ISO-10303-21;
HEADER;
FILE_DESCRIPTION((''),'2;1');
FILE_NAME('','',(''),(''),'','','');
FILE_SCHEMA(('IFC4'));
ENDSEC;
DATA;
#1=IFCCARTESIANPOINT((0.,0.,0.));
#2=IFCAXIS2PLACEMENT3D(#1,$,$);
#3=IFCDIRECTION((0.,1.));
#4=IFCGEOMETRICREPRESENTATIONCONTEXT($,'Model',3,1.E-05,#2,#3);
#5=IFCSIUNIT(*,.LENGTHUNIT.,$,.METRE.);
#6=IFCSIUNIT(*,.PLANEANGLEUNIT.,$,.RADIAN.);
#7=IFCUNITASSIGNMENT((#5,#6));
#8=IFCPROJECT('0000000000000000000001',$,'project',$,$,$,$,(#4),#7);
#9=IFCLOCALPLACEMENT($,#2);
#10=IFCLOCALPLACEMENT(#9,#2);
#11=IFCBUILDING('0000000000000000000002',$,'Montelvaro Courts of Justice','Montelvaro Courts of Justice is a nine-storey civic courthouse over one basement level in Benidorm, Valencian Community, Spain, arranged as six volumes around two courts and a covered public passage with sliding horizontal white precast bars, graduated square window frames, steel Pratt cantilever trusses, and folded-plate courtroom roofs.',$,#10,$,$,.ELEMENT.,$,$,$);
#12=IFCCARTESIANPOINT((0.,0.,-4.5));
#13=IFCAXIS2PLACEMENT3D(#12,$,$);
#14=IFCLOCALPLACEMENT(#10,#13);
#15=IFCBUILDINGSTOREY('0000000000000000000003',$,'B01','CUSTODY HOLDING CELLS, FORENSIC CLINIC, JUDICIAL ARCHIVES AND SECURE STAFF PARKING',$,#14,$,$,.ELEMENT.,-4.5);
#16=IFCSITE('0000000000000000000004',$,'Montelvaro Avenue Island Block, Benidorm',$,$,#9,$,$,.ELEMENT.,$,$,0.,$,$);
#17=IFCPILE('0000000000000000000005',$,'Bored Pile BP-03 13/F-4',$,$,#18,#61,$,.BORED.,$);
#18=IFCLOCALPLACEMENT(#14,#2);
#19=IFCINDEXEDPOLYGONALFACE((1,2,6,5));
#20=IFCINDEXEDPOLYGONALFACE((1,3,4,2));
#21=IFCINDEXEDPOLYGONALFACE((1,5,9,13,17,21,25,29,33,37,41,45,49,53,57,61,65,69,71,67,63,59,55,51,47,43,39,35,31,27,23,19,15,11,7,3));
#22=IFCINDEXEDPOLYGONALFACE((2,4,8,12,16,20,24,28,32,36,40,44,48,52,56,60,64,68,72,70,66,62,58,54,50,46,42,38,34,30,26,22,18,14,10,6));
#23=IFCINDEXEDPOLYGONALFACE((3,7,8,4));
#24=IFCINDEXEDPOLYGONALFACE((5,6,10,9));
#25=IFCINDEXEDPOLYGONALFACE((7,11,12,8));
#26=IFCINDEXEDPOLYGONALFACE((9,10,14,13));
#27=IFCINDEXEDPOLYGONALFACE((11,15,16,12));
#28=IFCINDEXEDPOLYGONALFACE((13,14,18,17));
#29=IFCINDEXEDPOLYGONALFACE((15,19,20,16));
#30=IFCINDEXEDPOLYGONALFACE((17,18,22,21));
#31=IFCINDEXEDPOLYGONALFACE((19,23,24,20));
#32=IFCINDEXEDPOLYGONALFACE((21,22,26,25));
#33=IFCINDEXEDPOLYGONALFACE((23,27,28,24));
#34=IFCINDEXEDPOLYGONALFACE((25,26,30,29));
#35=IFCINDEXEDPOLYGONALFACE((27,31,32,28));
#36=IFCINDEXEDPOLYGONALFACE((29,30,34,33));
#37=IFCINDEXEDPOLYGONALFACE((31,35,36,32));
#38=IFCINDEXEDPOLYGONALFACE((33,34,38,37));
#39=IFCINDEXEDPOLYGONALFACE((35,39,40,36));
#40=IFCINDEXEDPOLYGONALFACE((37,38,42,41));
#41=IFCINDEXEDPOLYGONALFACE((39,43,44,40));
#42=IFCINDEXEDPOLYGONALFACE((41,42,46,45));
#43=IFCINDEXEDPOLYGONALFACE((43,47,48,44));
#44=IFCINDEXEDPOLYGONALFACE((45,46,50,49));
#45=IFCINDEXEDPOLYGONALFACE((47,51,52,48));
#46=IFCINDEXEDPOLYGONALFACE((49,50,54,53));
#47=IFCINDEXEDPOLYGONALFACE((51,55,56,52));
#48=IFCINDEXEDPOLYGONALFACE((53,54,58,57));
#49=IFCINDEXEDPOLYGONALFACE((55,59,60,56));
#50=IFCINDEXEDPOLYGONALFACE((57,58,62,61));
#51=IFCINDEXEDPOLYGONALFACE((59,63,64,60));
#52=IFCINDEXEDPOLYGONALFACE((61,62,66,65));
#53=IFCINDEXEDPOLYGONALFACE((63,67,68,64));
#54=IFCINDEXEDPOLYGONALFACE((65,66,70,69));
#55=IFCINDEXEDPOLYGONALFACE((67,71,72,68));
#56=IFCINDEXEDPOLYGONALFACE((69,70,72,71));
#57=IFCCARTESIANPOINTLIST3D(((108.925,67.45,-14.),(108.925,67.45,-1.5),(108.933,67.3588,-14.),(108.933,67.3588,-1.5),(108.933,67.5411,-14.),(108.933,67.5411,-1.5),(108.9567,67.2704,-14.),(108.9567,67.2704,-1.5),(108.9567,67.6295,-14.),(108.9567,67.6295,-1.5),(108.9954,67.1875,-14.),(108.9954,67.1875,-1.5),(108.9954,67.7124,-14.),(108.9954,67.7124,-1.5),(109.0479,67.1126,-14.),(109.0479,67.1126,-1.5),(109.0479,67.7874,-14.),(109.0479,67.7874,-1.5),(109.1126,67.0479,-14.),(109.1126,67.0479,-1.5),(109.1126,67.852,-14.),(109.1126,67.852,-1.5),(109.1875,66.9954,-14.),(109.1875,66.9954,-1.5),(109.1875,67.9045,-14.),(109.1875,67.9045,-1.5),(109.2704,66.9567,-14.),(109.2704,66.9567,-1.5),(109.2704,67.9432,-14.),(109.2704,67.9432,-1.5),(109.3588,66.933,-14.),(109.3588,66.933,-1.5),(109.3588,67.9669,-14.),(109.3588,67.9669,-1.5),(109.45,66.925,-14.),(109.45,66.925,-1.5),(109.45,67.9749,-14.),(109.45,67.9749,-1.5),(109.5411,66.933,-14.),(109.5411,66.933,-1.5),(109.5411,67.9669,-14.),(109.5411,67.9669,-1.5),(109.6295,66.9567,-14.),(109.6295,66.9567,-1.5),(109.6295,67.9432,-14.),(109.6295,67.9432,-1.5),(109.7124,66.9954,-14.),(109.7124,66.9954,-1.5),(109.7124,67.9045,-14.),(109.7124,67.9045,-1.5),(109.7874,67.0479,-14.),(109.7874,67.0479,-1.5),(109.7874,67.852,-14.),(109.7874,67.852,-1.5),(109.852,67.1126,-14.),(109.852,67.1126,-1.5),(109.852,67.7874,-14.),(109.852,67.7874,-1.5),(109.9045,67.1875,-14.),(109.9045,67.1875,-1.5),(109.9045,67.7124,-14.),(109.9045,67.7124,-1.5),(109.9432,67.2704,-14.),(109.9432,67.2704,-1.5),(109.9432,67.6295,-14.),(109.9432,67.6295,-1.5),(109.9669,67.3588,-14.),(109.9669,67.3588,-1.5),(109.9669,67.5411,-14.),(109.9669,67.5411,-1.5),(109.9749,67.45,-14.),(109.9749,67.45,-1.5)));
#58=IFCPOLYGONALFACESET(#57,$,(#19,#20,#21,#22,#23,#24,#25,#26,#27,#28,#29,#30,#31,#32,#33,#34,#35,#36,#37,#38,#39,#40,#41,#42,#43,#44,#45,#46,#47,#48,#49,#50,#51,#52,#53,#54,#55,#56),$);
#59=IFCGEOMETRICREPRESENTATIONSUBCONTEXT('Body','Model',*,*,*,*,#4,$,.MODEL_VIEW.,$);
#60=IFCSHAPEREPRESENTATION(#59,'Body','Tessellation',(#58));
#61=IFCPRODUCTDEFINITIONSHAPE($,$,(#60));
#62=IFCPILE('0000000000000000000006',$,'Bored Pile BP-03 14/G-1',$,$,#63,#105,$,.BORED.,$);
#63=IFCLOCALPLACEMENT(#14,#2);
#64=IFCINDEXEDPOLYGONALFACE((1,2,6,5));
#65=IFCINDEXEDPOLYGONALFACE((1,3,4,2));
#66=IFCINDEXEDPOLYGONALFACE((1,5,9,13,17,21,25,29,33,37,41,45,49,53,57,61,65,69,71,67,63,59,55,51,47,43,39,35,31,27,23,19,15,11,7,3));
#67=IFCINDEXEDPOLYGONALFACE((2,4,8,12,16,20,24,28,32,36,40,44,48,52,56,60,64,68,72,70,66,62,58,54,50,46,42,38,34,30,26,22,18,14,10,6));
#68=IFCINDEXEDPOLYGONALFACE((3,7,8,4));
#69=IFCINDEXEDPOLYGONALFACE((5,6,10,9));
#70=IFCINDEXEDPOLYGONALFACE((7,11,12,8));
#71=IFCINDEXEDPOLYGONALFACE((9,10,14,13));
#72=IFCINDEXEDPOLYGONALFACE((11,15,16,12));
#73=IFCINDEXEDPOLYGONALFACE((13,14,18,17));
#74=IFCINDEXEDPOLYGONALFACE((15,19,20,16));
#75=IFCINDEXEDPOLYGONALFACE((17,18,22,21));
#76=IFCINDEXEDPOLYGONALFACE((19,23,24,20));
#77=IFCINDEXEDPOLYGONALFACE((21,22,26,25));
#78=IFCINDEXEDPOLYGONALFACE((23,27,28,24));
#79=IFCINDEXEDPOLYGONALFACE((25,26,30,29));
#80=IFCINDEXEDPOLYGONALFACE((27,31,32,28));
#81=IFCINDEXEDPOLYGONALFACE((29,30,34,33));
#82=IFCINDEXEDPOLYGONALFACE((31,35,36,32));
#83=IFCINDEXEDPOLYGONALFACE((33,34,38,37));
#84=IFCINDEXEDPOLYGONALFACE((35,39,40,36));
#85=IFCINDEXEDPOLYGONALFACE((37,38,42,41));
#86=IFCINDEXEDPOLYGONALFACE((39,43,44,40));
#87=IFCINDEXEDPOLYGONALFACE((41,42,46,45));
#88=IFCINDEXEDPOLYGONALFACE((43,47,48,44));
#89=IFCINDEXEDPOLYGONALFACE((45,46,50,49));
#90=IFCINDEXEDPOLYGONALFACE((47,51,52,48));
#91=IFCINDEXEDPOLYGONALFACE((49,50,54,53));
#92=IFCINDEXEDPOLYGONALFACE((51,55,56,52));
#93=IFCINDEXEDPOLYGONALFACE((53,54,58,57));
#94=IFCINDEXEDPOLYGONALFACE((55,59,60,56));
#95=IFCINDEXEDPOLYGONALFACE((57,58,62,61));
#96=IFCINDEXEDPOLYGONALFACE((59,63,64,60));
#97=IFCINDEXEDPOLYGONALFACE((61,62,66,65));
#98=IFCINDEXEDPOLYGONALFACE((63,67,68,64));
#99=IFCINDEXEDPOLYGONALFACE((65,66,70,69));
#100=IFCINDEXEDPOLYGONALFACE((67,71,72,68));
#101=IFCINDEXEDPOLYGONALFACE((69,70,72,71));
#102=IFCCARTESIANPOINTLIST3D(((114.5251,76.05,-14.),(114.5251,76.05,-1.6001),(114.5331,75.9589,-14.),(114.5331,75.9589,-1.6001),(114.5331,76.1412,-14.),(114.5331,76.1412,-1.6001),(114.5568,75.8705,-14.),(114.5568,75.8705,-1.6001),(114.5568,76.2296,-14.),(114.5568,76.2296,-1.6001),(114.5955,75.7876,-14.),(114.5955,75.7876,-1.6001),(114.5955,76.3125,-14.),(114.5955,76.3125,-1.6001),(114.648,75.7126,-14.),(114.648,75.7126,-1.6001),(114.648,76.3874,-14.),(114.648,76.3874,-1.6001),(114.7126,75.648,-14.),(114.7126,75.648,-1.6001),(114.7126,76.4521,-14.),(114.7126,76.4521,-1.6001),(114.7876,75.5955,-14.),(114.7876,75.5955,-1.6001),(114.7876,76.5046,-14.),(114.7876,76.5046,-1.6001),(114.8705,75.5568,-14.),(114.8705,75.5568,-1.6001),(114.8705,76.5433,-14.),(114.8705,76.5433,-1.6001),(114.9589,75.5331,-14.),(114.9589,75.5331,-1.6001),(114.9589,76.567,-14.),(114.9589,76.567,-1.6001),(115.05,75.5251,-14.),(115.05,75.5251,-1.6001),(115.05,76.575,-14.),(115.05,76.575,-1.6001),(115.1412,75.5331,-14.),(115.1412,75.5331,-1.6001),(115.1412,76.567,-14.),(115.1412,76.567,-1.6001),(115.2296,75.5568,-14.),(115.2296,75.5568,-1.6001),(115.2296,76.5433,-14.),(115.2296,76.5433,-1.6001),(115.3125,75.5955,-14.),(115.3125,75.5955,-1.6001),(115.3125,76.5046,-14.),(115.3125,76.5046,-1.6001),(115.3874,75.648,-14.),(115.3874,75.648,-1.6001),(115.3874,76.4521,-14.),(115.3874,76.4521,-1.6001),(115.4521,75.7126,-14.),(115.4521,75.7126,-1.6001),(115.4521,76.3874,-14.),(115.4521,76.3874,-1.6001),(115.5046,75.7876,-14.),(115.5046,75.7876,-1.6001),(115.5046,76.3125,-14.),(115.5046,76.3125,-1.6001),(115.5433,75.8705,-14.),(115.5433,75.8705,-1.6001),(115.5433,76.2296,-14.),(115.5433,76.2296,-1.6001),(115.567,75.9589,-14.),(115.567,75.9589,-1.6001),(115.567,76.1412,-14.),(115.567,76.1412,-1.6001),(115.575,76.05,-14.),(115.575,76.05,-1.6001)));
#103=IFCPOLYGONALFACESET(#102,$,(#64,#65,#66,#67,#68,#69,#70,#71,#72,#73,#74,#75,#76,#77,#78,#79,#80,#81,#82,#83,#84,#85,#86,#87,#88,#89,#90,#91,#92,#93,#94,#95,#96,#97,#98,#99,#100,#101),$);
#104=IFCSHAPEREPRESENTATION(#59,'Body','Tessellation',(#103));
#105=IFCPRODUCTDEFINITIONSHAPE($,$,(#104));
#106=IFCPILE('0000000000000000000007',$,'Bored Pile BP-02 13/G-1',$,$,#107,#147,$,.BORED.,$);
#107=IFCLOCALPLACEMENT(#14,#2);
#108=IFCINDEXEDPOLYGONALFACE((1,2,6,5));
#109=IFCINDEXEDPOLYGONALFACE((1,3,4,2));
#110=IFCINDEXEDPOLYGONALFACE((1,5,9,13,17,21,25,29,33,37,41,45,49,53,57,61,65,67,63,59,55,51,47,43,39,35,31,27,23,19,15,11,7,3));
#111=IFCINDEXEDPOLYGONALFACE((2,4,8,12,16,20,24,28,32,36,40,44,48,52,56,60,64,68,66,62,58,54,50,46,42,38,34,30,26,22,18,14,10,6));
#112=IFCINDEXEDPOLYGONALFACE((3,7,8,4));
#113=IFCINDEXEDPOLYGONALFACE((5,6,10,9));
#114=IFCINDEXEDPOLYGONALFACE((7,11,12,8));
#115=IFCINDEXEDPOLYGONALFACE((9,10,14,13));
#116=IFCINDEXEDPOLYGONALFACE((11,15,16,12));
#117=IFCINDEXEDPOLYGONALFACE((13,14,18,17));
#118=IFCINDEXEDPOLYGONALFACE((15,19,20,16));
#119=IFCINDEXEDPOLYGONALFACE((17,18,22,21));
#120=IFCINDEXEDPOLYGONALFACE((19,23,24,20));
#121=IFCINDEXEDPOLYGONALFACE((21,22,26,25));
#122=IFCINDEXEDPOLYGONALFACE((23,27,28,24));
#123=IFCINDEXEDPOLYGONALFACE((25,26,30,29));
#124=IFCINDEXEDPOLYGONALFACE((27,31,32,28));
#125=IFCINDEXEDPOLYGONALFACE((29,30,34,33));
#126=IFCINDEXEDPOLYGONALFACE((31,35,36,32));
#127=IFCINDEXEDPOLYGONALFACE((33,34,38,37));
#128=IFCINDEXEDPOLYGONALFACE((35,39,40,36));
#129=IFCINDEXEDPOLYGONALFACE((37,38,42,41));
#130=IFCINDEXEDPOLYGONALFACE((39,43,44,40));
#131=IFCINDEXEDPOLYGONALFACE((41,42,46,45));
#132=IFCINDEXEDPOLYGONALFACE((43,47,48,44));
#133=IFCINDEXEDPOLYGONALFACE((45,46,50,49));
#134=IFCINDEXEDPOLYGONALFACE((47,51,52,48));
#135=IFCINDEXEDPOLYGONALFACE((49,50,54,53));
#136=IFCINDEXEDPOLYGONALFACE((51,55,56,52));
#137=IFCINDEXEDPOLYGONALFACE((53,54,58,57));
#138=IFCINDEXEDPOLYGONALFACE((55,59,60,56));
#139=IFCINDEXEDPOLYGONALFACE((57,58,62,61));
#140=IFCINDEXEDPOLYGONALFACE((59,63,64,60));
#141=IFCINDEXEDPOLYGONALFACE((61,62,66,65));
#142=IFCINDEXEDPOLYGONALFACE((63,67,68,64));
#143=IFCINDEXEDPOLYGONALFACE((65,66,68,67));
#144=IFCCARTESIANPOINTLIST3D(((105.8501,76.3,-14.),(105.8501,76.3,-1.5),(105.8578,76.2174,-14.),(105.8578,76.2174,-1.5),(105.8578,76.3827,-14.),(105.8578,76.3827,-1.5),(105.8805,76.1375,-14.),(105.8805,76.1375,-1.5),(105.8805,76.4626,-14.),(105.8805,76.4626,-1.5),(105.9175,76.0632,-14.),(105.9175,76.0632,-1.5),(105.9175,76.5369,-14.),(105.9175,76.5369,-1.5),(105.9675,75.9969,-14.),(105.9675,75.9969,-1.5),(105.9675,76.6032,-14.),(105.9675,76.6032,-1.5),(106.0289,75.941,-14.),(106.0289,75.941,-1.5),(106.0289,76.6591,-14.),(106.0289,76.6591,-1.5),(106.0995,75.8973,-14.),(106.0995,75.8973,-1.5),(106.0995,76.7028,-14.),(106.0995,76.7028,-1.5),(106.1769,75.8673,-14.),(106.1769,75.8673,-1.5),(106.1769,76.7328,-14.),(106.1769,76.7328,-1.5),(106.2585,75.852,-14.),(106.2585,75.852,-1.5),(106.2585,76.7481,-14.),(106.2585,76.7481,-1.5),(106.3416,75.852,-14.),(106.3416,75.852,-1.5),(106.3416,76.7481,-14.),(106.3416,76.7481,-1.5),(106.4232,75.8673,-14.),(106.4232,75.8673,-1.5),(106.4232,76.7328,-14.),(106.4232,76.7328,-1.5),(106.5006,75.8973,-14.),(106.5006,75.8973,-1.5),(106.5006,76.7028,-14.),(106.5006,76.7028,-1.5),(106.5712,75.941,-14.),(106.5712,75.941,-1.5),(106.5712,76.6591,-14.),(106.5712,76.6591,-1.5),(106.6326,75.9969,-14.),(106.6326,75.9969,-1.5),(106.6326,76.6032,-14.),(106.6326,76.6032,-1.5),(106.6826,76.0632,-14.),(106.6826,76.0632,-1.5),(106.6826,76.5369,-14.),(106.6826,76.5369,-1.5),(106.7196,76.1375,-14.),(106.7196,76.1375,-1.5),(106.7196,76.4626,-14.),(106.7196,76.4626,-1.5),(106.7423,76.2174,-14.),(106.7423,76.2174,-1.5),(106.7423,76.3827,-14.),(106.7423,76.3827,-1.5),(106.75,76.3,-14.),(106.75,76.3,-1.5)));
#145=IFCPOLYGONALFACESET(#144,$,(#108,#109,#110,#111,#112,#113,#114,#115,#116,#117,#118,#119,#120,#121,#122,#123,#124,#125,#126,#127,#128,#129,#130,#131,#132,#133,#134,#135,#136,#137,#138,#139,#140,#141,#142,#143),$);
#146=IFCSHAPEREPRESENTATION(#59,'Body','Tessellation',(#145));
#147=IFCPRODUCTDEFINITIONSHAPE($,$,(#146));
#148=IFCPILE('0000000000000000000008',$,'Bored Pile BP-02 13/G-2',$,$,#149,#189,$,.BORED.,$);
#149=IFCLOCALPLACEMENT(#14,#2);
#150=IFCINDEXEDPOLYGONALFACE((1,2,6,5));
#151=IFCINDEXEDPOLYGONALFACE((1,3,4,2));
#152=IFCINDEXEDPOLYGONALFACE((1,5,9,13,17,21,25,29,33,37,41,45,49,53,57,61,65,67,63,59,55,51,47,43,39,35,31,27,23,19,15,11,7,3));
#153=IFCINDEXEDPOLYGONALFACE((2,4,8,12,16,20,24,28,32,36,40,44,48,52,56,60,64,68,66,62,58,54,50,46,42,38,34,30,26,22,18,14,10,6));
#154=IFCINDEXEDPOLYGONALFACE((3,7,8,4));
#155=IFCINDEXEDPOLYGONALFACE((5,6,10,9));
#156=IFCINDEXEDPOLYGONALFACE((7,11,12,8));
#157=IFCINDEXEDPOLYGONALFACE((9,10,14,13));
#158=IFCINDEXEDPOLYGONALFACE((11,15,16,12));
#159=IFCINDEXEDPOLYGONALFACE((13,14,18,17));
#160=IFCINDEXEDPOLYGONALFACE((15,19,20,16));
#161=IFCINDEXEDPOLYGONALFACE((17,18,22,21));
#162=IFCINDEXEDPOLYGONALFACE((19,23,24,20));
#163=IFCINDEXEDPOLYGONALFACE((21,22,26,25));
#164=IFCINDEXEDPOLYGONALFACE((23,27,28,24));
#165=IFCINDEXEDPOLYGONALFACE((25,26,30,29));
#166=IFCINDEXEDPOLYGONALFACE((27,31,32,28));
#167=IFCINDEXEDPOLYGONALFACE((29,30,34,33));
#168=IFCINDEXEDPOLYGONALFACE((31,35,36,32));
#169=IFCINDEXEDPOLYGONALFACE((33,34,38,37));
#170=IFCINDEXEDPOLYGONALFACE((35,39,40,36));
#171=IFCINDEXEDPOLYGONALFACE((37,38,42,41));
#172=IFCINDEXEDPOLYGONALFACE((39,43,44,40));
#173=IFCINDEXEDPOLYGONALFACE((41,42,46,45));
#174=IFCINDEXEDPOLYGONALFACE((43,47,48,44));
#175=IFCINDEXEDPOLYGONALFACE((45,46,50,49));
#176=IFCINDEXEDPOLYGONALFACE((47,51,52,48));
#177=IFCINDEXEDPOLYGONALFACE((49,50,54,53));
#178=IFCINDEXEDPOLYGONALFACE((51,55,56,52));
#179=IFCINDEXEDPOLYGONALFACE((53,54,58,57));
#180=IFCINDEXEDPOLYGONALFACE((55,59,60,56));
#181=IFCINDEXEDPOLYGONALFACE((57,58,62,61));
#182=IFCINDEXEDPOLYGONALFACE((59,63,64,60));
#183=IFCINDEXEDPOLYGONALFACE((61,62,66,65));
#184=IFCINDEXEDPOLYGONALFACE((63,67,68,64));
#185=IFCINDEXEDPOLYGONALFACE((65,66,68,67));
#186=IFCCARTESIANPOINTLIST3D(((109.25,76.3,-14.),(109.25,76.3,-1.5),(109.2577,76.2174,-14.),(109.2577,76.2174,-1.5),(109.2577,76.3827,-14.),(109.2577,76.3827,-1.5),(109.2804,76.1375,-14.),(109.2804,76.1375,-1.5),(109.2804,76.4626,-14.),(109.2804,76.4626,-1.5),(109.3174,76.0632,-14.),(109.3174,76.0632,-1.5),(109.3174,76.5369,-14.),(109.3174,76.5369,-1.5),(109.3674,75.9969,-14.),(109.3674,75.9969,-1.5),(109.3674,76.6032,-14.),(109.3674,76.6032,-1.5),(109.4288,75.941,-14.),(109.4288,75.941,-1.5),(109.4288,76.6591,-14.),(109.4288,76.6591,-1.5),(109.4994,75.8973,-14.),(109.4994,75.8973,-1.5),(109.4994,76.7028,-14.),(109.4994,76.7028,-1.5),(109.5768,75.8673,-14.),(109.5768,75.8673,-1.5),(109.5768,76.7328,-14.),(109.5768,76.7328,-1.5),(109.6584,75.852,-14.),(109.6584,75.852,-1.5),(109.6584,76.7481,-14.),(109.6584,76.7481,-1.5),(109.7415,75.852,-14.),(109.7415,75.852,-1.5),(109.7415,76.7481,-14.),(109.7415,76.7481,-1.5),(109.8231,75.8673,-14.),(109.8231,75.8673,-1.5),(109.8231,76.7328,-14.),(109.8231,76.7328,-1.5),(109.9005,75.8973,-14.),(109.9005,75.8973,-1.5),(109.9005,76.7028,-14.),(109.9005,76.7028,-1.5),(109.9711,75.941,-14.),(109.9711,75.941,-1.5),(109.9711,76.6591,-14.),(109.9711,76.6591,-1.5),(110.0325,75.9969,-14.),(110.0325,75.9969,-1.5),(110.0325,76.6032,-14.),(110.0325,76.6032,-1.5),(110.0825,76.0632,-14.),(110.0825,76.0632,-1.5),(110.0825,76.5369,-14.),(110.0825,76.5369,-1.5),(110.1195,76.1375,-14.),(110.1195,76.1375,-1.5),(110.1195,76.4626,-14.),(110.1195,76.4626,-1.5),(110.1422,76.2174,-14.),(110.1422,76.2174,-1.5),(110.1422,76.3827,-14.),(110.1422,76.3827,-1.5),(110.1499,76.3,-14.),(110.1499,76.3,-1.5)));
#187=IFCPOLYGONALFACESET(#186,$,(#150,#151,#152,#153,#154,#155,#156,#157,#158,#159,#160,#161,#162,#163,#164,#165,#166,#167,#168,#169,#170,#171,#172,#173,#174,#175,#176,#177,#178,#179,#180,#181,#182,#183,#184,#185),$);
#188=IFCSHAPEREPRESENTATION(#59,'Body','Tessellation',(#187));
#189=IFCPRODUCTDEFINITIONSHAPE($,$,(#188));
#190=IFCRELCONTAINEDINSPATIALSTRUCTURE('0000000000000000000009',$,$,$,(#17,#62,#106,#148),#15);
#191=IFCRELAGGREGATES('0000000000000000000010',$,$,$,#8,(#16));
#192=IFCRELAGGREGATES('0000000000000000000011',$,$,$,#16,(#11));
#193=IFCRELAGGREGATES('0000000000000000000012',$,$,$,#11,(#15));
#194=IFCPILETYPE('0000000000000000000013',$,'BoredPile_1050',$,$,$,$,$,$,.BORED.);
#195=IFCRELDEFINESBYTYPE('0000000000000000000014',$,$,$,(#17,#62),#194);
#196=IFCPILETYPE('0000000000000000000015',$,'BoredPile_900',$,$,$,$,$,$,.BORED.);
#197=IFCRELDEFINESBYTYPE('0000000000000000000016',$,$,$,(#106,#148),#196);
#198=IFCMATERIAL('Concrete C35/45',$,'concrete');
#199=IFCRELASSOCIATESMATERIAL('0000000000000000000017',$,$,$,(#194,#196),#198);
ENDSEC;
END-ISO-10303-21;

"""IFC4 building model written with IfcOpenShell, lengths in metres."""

from ifc_helpers import new_model, si_unit, direction, frame, origin, origin_2d, place, context, subcontext, project, spatial, circle, extrude, material, material_profile, profile_set, type_object, element, save


model = new_model("IFC4")

# Units and contexts
model_context = context("Model", 3, precision=1e-05, world=origin(), true_north=direction((0.0, 1.0)))
body_context = subcontext(model_context, "Body", "Model", "MODEL_VIEW")
ifc_project = project(units=[si_unit("LENGTHUNIT", "METRE"), si_unit("PLANEANGLEUNIT", "RADIAN")], contexts=[model_context])

# Site, building, storey
site_placement = place(None, origin())
site = spatial("IfcSite", under=ifc_project, at=site_placement, Name="Montelvaro Avenue Island Block, Benidorm", CompositionType="ELEMENT", RefElevation=0.0)
building_placement = place(site_placement, origin())
building = spatial("IfcBuilding", under=site, at=building_placement, Name="Montelvaro Courts of Justice", Description="Montelvaro Courts of Justice is a nine-storey civic courthouse over one basement level in Benidorm, Valencian Community, Spain, arranged as six volumes around two courts and a covered public passage with sliding horizontal white precast bars, graduated square window frames, steel Pratt cantilever trusses, and folded-plate courtroom roofs.", CompositionType="ELEMENT")
storey_placement = place(building_placement, frame((0.0, 0.0, -4.5)))
storey = spatial("IfcBuildingStorey", under=building, at=storey_placement, Name="B01", Description="CUSTODY HOLDING CELLS, FORENSIC CLINIC, JUDICIAL ARCHIVES AND SECURE STAFF PARKING", CompositionType="ELEMENT", Elevation=-4.5)

# Piles
ifc_material_1 = material(Name="Concrete C35/45", Category="concrete")
ifc_material_profile_1 = material_profile(ifc_material_1, circle(Radius=0.5249, at=origin_2d()), Name="BORED PILE D1050")
ifc_profile_set_1 = profile_set([ifc_material_profile_1], Name="Concrete C35/45")
pile_type_1 = type_object("IfcPileType", Name="BoredPile_1050", PredefinedType="BORED", material=ifc_profile_set_1)
pile_1_placement = place(storey_placement, frame((109.45, 67.45, -1.5), z_axis=(0.0, 0.0, -1.0), x_axis=(1.0, 0.0, 0.0)))
element("IfcPile", 1, at=pile_1_placement, inside=storey, type_object=pile_type_1, Name="Bored Pile BP-03 13/F-4", PredefinedType="BORED", context=body_context, shape_type="SweptSolid", body=[
    extrude(circle(Radius=0.5249, at=origin_2d()), origin(), (0.0, 0.0, 1.0), 12.5),
])
pile_2_placement = place(storey_placement, frame((115.05, 76.05, -1.6001), z_axis=(0.0, 0.0, -1.0), x_axis=(1.0, 0.0, 0.0)))
element("IfcPile", 2, at=pile_2_placement, inside=storey, type_object=pile_type_1, Name="Bored Pile BP-03 14/G-1", PredefinedType="BORED", context=body_context, shape_type="SweptSolid", body=[
    extrude(circle(Radius=0.5249, at=origin_2d()), origin(), (0.0, 0.0, 1.0), 12.3999),
])
ifc_material_profile_2 = material_profile(ifc_material_1, circle(Radius=0.45, at=origin_2d()), Name="BORED PILE D900")
ifc_profile_set_2 = profile_set([ifc_material_profile_2], Name="Concrete C35/45")
pile_type_2 = type_object("IfcPileType", Name="BoredPile_900", PredefinedType="BORED", material=ifc_profile_set_2)
for number, where, z_axis, x_axis, name in (
    (3, (106.3, 76.3, -1.5), (0.0, 0.0, -1.0), (1.0, 0.0, 0.0), "Bored Pile BP-02 13/G-1"),
    (4, (109.7, 76.3, -1.5), (0.0, 0.0, -1.0), (1.0, 0.0, 0.0), "Bored Pile BP-02 13/G-2"),
):
    element("IfcPile", number, at=place(storey_placement, frame(where, z_axis=z_axis, x_axis=x_axis)), inside=storey, type_object=pile_type_2, Name=name, PredefinedType="BORED", context=body_context, shape_type="SweptSolid", body=[
        extrude(circle(Radius=0.45, at=origin_2d()), origin(), (0.0, 0.0, 1.0), 12.5),
    ])

save(model, "model.ifc")
